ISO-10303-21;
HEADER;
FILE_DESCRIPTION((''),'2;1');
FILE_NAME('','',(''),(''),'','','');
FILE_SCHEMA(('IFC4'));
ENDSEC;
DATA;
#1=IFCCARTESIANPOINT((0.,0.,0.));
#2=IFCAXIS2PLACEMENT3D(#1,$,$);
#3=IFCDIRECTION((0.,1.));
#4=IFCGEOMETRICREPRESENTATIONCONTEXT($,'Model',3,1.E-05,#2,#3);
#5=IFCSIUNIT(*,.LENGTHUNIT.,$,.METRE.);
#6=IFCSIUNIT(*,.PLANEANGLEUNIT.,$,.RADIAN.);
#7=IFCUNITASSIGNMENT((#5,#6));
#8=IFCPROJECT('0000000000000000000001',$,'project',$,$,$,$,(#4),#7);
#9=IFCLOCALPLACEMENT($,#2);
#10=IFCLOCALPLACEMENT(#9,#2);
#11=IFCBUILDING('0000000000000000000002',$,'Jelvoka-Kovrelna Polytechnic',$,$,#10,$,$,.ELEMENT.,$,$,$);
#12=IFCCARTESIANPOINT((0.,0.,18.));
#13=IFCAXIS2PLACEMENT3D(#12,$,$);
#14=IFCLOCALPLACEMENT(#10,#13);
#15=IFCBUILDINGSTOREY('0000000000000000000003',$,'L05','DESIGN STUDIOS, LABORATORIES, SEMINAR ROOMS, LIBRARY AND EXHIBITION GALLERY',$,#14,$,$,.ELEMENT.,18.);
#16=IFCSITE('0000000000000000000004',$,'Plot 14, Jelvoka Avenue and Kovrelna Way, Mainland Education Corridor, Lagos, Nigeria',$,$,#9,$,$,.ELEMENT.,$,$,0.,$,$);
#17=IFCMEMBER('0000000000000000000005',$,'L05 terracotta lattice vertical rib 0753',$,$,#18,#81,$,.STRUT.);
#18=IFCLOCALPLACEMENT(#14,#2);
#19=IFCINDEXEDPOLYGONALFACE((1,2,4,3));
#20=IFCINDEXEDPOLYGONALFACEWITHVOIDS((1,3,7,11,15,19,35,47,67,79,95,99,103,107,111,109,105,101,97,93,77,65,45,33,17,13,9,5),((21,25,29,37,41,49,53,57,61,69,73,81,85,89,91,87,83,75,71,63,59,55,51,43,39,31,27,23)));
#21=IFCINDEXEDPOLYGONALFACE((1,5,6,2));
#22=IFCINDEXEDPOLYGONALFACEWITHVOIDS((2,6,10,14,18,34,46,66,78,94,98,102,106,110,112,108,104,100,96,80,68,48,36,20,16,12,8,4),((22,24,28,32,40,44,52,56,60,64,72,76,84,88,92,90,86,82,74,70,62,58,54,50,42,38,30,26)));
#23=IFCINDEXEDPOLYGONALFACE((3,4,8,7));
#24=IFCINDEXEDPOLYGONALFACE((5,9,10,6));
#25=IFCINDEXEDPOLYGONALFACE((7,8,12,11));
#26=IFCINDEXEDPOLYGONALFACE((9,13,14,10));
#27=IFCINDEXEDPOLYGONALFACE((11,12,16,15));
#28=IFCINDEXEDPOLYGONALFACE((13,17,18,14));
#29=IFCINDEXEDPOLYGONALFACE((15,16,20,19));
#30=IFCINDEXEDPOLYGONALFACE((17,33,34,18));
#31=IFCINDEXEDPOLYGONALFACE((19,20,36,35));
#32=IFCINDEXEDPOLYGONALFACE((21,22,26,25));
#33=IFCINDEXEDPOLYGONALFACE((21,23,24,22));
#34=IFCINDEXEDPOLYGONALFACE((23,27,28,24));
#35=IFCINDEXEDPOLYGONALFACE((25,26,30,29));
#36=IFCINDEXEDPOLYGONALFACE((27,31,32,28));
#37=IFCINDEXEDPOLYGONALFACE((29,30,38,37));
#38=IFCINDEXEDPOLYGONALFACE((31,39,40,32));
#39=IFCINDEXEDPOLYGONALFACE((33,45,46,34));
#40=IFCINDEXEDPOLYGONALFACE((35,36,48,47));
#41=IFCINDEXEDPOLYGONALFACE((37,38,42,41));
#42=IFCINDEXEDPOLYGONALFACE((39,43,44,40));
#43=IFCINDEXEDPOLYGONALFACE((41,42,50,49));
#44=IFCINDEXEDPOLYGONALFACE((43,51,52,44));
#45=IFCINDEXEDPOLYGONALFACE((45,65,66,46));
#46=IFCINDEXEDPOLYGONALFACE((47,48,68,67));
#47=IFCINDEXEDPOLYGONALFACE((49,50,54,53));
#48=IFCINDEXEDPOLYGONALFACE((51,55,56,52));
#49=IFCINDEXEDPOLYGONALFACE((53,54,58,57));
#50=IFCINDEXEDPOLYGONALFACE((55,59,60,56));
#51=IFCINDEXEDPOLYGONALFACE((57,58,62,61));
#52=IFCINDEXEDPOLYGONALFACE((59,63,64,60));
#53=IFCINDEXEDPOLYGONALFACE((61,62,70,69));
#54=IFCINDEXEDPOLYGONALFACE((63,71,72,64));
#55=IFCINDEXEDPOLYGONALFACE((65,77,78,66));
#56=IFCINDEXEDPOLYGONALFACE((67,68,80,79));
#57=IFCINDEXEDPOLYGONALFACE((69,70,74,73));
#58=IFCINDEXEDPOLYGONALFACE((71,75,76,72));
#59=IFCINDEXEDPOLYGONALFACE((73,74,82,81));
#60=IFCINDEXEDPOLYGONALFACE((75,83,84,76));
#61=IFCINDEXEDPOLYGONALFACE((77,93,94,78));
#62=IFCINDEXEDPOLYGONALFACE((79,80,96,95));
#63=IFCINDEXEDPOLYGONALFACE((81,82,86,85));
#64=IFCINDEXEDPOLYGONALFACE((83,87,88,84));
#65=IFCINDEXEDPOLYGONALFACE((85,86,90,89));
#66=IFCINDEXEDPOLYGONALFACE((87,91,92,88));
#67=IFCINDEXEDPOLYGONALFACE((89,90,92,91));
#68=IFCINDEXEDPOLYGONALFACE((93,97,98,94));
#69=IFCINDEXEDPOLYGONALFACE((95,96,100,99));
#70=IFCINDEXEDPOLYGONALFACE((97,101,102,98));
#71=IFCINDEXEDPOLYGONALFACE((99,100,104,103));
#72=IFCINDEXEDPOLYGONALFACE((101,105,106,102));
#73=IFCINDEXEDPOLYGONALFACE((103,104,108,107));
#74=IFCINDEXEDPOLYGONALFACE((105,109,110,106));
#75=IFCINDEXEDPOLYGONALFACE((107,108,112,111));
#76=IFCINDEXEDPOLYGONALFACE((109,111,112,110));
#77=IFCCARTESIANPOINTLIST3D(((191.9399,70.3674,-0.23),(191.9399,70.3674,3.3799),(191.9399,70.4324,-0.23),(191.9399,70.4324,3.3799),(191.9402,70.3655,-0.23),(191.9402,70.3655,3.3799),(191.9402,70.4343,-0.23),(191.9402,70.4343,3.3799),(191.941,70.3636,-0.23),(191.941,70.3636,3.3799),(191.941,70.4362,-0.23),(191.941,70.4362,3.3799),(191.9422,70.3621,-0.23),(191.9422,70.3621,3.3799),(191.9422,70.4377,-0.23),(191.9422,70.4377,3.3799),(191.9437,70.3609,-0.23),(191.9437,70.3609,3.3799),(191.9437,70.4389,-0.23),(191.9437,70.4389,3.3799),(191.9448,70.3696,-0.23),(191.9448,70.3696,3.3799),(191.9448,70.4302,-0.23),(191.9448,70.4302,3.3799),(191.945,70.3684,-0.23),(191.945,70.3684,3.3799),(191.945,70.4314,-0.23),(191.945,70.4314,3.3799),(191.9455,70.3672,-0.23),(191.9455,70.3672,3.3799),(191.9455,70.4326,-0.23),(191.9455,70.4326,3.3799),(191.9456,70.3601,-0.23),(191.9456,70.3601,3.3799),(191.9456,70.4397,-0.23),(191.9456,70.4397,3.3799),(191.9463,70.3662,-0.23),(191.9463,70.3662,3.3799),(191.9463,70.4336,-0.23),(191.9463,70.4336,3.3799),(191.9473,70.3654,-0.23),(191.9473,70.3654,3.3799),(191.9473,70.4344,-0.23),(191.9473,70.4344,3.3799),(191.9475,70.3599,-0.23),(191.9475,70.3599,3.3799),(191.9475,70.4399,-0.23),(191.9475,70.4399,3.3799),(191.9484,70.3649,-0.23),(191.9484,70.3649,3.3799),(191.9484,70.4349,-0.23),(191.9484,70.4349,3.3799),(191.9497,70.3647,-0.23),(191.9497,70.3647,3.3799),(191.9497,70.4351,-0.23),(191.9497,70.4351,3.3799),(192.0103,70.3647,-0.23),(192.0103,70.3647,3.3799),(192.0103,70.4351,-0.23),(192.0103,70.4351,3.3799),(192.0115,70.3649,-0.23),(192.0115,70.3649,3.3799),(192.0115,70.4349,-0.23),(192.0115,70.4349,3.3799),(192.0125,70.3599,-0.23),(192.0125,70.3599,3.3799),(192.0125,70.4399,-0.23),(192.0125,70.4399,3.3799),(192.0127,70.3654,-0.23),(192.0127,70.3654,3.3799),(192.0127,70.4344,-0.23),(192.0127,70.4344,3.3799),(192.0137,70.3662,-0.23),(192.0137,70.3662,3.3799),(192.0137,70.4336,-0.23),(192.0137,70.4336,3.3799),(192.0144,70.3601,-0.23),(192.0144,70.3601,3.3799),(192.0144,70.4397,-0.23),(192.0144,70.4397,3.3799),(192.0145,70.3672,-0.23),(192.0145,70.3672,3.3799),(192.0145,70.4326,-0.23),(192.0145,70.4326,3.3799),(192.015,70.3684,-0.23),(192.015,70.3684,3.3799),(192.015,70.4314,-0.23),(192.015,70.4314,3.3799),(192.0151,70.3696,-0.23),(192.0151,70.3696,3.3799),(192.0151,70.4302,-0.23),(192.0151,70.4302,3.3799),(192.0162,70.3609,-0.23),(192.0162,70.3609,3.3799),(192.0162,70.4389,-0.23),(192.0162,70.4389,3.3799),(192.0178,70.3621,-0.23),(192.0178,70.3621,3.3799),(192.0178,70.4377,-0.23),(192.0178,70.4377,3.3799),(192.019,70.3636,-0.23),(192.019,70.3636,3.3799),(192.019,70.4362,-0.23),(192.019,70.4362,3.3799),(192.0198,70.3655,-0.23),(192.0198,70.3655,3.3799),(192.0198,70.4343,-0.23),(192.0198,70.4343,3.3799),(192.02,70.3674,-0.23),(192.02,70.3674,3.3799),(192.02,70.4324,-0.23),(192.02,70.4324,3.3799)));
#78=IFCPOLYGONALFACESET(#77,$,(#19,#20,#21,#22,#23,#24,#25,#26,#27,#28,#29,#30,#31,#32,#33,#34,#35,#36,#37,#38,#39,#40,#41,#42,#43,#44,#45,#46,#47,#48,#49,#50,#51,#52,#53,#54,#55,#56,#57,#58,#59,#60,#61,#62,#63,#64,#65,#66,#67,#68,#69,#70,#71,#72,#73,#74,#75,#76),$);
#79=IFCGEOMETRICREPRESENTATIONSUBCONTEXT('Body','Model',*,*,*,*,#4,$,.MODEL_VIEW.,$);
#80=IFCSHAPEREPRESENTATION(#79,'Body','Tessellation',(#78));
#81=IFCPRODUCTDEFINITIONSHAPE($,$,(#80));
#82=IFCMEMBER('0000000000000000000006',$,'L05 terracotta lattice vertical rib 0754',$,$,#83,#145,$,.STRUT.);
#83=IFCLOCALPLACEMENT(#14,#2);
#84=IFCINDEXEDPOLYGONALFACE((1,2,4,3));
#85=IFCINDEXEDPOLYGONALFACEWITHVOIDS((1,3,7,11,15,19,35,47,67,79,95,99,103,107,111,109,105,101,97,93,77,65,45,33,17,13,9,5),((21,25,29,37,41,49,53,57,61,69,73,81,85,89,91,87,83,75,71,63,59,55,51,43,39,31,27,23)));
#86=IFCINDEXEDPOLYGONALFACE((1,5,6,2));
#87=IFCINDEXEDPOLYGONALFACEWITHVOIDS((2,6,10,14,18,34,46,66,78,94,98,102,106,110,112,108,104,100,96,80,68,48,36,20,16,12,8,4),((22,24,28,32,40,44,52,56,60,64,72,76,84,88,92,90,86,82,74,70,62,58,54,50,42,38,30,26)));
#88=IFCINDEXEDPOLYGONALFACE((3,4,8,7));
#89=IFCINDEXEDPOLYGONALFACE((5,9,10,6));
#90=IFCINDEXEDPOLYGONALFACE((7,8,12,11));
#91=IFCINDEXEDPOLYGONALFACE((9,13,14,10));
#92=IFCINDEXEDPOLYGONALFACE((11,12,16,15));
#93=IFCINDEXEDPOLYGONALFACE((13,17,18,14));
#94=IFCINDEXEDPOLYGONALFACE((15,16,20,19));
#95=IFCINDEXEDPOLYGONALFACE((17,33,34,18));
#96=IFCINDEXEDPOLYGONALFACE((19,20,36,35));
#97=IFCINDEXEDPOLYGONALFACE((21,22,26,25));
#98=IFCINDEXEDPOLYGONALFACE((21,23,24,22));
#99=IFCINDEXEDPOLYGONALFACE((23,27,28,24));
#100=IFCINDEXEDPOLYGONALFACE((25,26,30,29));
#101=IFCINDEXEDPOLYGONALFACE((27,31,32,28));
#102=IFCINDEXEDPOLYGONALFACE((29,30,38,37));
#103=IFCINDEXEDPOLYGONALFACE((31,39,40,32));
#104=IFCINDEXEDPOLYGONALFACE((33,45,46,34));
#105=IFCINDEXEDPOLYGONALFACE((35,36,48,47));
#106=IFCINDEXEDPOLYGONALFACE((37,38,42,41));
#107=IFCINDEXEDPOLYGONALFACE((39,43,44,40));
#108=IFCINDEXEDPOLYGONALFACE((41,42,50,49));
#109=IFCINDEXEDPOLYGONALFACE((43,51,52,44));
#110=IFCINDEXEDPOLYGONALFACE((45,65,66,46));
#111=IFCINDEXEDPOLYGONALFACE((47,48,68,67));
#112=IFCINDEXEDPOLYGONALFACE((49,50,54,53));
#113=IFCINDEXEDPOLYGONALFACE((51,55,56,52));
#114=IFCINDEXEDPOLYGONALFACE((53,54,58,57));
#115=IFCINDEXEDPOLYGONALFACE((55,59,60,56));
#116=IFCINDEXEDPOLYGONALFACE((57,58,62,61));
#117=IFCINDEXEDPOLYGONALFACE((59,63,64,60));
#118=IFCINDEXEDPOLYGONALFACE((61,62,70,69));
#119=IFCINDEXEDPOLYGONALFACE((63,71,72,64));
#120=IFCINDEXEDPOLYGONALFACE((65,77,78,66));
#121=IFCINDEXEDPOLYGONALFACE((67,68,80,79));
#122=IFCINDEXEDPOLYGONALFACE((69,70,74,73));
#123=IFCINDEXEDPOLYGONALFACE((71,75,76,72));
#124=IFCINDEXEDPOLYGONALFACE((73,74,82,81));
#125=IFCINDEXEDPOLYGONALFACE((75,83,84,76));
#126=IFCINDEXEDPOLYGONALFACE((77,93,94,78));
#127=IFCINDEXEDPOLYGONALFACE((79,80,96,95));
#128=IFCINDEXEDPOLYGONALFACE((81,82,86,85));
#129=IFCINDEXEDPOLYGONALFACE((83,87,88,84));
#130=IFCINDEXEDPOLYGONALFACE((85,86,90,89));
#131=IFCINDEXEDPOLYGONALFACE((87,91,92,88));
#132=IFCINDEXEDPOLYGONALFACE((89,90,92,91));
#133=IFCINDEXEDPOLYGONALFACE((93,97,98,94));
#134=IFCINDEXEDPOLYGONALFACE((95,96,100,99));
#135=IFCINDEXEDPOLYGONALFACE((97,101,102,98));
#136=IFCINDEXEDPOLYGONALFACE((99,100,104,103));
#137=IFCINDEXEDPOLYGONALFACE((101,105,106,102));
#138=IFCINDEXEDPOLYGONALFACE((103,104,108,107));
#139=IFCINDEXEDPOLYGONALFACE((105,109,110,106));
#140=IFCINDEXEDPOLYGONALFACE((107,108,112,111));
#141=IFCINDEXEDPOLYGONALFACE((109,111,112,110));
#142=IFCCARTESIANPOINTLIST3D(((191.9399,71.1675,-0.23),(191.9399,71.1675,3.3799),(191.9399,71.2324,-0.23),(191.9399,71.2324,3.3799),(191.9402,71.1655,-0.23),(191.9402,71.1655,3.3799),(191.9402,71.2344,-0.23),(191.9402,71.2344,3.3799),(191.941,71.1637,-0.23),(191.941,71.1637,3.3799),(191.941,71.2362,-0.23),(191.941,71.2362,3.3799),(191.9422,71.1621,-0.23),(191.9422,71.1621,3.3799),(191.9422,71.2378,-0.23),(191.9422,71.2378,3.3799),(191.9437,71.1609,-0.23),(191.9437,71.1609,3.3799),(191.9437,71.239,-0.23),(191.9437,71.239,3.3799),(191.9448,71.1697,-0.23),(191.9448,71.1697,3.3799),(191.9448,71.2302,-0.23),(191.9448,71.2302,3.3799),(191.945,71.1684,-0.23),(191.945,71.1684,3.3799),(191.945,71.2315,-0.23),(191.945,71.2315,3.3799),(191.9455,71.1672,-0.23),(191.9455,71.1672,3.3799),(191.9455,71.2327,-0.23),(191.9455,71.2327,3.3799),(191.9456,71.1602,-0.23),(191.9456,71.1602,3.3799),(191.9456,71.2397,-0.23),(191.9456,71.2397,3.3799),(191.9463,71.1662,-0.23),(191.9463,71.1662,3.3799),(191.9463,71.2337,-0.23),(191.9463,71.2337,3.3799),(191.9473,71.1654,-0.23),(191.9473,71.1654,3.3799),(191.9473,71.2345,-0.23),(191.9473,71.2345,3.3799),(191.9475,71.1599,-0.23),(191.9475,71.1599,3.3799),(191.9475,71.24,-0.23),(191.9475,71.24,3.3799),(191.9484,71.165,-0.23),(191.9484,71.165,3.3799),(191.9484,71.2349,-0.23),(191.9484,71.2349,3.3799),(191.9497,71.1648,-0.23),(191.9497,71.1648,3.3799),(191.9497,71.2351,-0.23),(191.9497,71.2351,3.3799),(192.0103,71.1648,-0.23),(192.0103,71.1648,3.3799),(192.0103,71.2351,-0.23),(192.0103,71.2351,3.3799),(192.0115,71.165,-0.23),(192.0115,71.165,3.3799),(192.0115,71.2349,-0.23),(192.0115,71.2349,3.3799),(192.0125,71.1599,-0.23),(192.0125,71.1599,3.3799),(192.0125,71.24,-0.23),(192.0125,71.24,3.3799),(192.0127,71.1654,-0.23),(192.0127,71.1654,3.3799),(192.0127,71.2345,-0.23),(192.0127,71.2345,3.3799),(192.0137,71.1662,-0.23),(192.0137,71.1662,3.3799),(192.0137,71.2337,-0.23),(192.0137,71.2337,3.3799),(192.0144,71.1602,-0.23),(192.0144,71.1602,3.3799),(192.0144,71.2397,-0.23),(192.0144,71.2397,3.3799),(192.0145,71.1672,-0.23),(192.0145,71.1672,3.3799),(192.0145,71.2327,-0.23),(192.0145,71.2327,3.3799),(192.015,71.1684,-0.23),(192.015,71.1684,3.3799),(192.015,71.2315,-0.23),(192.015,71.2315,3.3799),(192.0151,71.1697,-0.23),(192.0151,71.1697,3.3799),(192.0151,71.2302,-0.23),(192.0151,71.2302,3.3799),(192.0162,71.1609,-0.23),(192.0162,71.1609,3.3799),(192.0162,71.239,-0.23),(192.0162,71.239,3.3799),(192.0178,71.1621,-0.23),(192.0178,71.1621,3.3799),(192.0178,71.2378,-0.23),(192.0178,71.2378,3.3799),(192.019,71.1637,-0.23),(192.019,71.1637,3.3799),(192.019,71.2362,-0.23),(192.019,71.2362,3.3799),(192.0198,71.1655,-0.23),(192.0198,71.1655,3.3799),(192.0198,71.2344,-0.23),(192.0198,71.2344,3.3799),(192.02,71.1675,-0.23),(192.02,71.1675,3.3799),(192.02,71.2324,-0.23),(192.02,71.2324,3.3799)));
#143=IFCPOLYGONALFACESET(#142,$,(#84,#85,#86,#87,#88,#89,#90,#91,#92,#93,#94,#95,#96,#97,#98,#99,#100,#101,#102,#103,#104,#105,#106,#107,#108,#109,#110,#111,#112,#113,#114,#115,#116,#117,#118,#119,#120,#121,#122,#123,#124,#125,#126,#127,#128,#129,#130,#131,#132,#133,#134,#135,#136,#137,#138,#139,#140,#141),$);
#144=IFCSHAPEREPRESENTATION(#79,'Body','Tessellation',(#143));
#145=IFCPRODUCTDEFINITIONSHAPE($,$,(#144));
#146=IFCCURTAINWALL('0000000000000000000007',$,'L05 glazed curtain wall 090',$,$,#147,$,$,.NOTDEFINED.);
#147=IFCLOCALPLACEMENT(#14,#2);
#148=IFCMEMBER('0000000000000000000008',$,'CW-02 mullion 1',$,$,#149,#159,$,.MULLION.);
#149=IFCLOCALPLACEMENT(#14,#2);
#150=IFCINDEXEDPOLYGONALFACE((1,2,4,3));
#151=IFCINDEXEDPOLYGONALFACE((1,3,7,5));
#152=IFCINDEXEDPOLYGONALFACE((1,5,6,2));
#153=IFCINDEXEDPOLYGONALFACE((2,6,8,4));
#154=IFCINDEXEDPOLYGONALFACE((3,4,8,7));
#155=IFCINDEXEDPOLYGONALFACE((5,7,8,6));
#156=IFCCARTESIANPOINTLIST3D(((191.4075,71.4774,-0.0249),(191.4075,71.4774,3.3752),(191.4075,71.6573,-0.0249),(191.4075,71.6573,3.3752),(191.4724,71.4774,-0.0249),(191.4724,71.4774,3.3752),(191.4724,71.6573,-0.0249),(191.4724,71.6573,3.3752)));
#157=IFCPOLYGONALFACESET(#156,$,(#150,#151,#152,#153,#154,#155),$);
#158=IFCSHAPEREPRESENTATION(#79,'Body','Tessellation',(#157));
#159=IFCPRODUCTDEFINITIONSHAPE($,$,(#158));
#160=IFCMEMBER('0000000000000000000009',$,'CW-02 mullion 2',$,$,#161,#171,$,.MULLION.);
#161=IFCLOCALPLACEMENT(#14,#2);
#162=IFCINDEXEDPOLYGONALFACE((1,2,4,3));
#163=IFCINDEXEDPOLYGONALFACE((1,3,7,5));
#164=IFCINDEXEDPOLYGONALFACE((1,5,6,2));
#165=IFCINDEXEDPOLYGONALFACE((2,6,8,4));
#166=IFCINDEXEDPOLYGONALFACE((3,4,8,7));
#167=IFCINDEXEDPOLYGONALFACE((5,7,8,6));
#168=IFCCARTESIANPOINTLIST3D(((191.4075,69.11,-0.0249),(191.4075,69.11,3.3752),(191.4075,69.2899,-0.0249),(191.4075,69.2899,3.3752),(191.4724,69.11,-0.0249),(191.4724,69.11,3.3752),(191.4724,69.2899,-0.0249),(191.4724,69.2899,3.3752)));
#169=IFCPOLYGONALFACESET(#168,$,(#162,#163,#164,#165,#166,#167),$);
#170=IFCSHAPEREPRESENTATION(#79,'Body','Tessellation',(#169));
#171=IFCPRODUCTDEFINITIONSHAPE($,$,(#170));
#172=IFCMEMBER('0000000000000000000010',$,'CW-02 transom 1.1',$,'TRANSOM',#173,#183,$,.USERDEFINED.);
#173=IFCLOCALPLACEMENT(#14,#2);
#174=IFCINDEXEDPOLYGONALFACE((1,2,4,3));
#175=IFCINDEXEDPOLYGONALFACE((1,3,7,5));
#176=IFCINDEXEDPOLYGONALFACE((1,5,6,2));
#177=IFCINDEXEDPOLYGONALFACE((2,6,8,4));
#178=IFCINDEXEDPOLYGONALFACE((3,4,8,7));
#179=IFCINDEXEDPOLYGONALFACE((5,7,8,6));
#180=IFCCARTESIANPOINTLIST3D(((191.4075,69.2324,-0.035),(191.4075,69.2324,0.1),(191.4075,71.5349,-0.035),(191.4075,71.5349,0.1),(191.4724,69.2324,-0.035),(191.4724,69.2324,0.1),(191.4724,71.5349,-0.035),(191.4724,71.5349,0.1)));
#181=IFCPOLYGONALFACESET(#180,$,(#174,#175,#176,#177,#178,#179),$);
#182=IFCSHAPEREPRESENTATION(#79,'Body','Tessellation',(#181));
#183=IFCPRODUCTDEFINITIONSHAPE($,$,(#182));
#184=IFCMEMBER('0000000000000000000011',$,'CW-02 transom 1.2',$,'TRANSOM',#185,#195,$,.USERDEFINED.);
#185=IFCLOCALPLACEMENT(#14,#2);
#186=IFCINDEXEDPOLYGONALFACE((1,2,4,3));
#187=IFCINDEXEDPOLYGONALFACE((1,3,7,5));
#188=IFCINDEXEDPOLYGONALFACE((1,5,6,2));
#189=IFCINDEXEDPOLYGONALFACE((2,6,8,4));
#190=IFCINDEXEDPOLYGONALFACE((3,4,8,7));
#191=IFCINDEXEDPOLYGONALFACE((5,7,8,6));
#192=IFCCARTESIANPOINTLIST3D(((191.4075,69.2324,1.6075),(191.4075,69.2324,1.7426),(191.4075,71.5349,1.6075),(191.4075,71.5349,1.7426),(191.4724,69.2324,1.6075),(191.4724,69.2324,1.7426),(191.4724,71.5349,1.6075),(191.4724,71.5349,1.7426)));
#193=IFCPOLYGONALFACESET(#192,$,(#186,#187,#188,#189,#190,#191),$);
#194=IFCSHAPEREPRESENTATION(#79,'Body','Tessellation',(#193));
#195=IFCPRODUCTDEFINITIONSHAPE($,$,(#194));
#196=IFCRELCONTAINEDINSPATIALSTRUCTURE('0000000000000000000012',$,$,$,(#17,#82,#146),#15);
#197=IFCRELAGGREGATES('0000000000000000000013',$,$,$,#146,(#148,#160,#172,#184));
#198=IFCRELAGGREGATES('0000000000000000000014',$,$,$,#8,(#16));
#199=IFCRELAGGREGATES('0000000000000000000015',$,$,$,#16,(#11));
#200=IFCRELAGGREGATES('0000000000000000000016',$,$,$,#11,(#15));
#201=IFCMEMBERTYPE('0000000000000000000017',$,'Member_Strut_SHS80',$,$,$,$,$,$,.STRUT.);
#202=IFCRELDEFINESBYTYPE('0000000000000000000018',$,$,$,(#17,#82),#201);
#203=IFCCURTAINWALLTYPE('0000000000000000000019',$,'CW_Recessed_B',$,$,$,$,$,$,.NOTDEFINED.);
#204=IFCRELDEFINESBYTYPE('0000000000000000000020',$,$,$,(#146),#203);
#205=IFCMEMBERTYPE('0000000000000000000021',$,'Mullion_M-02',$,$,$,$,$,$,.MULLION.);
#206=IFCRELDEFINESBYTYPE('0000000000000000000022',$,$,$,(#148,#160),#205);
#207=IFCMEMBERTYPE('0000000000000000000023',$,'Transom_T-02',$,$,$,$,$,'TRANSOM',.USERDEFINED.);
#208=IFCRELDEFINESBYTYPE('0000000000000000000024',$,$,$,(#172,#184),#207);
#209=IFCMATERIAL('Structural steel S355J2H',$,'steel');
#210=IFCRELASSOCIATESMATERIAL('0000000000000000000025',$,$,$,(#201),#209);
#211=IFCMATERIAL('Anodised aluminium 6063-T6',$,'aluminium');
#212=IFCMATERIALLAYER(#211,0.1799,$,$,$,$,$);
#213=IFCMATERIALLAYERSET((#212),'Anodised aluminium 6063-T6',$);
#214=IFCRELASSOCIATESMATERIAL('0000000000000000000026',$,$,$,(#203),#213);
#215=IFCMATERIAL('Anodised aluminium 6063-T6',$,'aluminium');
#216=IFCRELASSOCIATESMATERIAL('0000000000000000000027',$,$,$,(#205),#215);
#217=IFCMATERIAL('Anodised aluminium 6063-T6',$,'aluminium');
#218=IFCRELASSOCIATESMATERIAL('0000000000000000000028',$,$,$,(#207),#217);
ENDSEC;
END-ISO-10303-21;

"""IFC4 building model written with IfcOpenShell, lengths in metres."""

from ifc_helpers import new_model, si_unit, direction, frame, origin, origin_2d, place, context, subcontext, project, spatial, rectangle, hollow_rectangle, extrude, material, layer, layer_set, material_profile, profile_set, type_object, element, aggregate, save


model = new_model("IFC4")

# Units and contexts
model_context = context("Model", 3, precision=1e-05, world=origin(), true_north=direction((0.0, 1.0)))
body_context = subcontext(model_context, "Body", "Model", "MODEL_VIEW")
ifc_project = project(units=[si_unit("LENGTHUNIT", "METRE"), si_unit("PLANEANGLEUNIT", "RADIAN")], contexts=[model_context])

# Site, building, storey
site_placement = place(None, origin())
site = spatial("IfcSite", under=ifc_project, at=site_placement, Name="Plot 14, Jelvoka Avenue and Kovrelna Way, Mainland Education Corridor, Lagos, Nigeria", CompositionType="ELEMENT", RefElevation=0.0)
building_placement = place(site_placement, origin())
building = spatial("IfcBuilding", under=site, at=building_placement, Name="Jelvoka-Kovrelna Polytechnic", CompositionType="ELEMENT")
storey_placement = place(building_placement, frame((0.0, 0.0, 18.0)))
storey = spatial("IfcBuildingStorey", under=building, at=storey_placement, Name="L05", Description="DESIGN STUDIOS, LABORATORIES, SEMINAR ROOMS, LIBRARY AND EXHIBITION GALLERY", CompositionType="ELEMENT", Elevation=18.0)

# Members
ifc_material_1 = material(Name="Structural steel S355J2H", Category="steel")
ifc_material_profile_1 = material_profile(ifc_material_1, hollow_rectangle(XDim=0.0801, YDim=0.0801, WallThickness=0.0049, InnerFilletRadius=0.0049, OuterFilletRadius=0.0076, at=origin_2d()), Name="80x80x5.0 SHS")
ifc_profile_set_1 = profile_set([ifc_material_profile_1], Name="Structural steel S355J2H")
member_type_1 = type_object("IfcMemberType", Name="Member_Strut_SHS80", PredefinedType="STRUT", material=ifc_profile_set_1)
for number, where, z_axis, x_axis, name in (
    (1, (191.98, 70.3999, -0.23), (0.0, 0.0, 1.0), (1.0, 0.0, 0.0), "L05 terracotta lattice vertical rib 0753"),
    (2, (191.98, 71.2, -0.23), (0.0, 0.0, 1.0), (1.0, 0.0, 0.0), "L05 terracotta lattice vertical rib 0754"),
):
    element("IfcMember", number, at=place(storey_placement, frame(where, z_axis=z_axis, x_axis=x_axis)), inside=storey, type_object=member_type_1, Name=name, PredefinedType="STRUT", context=body_context, shape_type="SweptSolid", body=[
        extrude(hollow_rectangle(XDim=0.0801, YDim=0.0801, WallThickness=0.0049, InnerFilletRadius=0.0049, OuterFilletRadius=0.0076, at=origin_2d()), origin(), (0.0, 0.0, 1.0), 3.6099),
    ])

# Curtain wall, members
ifc_material_2 = material(Name="Anodised aluminium 6063-T6", Category="aluminium")
ifc_layer_1 = layer(ifc_material_2, 0.1799)
ifc_layer_set_1 = layer_set([ifc_layer_1], Name="Anodised aluminium 6063-T6")
curtain_wall_type = type_object("IfcCurtainWallType", Name="CW_Recessed_B", PredefinedType="NOTDEFINED", material=ifc_layer_set_1)
curtain_wall_placement = place(storey_placement, origin())
curtain_wall = element("IfcCurtainWall", 3, at=curtain_wall_placement, inside=storey, type_object=curtain_wall_type, Name="L05 glazed curtain wall 090", PredefinedType="NOTDEFINED")
ifc_material_3 = material(Name="Anodised aluminium 6063-T6", Category="aluminium")
ifc_material_profile_2 = material_profile(ifc_material_3, rectangle(XDim=0.0649, YDim=0.1799, at=origin_2d()), Name="ALU 65x180")
ifc_profile_set_2 = profile_set([ifc_material_profile_2], Name="Anodised aluminium 6063-T6")
member_type_2 = type_object("IfcMemberType", Name="Mullion_M-02", PredefinedType="MULLION", material=ifc_profile_set_2)
member_1_placement = place(storey_placement, frame((191.4399, 71.5674, -0.0249), z_axis=(0.0, 0.0, 1.0), x_axis=(1.0, 0.0, 0.0)))
member_1 = element("IfcMember", 4, at=member_1_placement, type_object=member_type_2, Name="CW-02 mullion 1", PredefinedType="MULLION", context=body_context, shape_type="SweptSolid", body=[
    extrude(rectangle(XDim=0.0649, YDim=0.1799, at=origin_2d()), origin(), (0.0, 0.0, 1.0), 3.4001),
])
member_2_placement = place(storey_placement, frame((191.4399, 69.2, -0.0249), z_axis=(0.0, 0.0, 1.0), x_axis=(1.0, 0.0, 0.0)))
member_2 = element("IfcMember", 5, at=member_2_placement, type_object=member_type_2, Name="CW-02 mullion 2", PredefinedType="MULLION", context=body_context, shape_type="SweptSolid", body=[
    extrude(rectangle(XDim=0.0649, YDim=0.1799, at=origin_2d()), origin(), (0.0, 0.0, 1.0), 3.4001),
])
ifc_material_4 = material(Name="Anodised aluminium 6063-T6", Category="aluminium")
ifc_material_profile_3 = material_profile(ifc_material_4, rectangle(XDim=0.0649, YDim=0.135, at=origin_2d()), Name="ALU 65x135")
ifc_profile_set_3 = profile_set([ifc_material_profile_3], Name="Anodised aluminium 6063-T6")
member_type_3 = type_object("IfcMemberType", Name="Transom_T-02", ElementType="TRANSOM", PredefinedType="USERDEFINED", material=ifc_profile_set_3)
member_3_placement = place(storey_placement, frame((191.4399, 71.5349, 0.0325), z_axis=(0.0, -1.0, 0.0), x_axis=(1.0, 0.0, 0.0)))
member_3 = element("IfcMember", 6, at=member_3_placement, type_object=member_type_3, Name="CW-02 transom 1.1", ObjectType="TRANSOM", PredefinedType="USERDEFINED", context=body_context, shape_type="SweptSolid", body=[
    extrude(rectangle(XDim=0.0649, YDim=0.135, at=origin_2d()), origin(), (0.0, 0.0, 1.0), 2.3025),
])
member_4_placement = place(storey_placement, frame((191.4399, 71.5349, 1.675), z_axis=(0.0, -1.0, 0.0), x_axis=(1.0, 0.0, 0.0)))
member_4 = element("IfcMember", 7, at=member_4_placement, type_object=member_type_3, Name="CW-02 transom 1.2", ObjectType="TRANSOM", PredefinedType="USERDEFINED", context=body_context, shape_type="SweptSolid", body=[
    extrude(rectangle(XDim=0.0649, YDim=0.135, at=origin_2d()), origin(), (0.0, 0.0, 1.0), 2.3025),
])
aggregate(curtain_wall, [member_1, member_2, member_3, member_4])

save(model, "model.ifc")
